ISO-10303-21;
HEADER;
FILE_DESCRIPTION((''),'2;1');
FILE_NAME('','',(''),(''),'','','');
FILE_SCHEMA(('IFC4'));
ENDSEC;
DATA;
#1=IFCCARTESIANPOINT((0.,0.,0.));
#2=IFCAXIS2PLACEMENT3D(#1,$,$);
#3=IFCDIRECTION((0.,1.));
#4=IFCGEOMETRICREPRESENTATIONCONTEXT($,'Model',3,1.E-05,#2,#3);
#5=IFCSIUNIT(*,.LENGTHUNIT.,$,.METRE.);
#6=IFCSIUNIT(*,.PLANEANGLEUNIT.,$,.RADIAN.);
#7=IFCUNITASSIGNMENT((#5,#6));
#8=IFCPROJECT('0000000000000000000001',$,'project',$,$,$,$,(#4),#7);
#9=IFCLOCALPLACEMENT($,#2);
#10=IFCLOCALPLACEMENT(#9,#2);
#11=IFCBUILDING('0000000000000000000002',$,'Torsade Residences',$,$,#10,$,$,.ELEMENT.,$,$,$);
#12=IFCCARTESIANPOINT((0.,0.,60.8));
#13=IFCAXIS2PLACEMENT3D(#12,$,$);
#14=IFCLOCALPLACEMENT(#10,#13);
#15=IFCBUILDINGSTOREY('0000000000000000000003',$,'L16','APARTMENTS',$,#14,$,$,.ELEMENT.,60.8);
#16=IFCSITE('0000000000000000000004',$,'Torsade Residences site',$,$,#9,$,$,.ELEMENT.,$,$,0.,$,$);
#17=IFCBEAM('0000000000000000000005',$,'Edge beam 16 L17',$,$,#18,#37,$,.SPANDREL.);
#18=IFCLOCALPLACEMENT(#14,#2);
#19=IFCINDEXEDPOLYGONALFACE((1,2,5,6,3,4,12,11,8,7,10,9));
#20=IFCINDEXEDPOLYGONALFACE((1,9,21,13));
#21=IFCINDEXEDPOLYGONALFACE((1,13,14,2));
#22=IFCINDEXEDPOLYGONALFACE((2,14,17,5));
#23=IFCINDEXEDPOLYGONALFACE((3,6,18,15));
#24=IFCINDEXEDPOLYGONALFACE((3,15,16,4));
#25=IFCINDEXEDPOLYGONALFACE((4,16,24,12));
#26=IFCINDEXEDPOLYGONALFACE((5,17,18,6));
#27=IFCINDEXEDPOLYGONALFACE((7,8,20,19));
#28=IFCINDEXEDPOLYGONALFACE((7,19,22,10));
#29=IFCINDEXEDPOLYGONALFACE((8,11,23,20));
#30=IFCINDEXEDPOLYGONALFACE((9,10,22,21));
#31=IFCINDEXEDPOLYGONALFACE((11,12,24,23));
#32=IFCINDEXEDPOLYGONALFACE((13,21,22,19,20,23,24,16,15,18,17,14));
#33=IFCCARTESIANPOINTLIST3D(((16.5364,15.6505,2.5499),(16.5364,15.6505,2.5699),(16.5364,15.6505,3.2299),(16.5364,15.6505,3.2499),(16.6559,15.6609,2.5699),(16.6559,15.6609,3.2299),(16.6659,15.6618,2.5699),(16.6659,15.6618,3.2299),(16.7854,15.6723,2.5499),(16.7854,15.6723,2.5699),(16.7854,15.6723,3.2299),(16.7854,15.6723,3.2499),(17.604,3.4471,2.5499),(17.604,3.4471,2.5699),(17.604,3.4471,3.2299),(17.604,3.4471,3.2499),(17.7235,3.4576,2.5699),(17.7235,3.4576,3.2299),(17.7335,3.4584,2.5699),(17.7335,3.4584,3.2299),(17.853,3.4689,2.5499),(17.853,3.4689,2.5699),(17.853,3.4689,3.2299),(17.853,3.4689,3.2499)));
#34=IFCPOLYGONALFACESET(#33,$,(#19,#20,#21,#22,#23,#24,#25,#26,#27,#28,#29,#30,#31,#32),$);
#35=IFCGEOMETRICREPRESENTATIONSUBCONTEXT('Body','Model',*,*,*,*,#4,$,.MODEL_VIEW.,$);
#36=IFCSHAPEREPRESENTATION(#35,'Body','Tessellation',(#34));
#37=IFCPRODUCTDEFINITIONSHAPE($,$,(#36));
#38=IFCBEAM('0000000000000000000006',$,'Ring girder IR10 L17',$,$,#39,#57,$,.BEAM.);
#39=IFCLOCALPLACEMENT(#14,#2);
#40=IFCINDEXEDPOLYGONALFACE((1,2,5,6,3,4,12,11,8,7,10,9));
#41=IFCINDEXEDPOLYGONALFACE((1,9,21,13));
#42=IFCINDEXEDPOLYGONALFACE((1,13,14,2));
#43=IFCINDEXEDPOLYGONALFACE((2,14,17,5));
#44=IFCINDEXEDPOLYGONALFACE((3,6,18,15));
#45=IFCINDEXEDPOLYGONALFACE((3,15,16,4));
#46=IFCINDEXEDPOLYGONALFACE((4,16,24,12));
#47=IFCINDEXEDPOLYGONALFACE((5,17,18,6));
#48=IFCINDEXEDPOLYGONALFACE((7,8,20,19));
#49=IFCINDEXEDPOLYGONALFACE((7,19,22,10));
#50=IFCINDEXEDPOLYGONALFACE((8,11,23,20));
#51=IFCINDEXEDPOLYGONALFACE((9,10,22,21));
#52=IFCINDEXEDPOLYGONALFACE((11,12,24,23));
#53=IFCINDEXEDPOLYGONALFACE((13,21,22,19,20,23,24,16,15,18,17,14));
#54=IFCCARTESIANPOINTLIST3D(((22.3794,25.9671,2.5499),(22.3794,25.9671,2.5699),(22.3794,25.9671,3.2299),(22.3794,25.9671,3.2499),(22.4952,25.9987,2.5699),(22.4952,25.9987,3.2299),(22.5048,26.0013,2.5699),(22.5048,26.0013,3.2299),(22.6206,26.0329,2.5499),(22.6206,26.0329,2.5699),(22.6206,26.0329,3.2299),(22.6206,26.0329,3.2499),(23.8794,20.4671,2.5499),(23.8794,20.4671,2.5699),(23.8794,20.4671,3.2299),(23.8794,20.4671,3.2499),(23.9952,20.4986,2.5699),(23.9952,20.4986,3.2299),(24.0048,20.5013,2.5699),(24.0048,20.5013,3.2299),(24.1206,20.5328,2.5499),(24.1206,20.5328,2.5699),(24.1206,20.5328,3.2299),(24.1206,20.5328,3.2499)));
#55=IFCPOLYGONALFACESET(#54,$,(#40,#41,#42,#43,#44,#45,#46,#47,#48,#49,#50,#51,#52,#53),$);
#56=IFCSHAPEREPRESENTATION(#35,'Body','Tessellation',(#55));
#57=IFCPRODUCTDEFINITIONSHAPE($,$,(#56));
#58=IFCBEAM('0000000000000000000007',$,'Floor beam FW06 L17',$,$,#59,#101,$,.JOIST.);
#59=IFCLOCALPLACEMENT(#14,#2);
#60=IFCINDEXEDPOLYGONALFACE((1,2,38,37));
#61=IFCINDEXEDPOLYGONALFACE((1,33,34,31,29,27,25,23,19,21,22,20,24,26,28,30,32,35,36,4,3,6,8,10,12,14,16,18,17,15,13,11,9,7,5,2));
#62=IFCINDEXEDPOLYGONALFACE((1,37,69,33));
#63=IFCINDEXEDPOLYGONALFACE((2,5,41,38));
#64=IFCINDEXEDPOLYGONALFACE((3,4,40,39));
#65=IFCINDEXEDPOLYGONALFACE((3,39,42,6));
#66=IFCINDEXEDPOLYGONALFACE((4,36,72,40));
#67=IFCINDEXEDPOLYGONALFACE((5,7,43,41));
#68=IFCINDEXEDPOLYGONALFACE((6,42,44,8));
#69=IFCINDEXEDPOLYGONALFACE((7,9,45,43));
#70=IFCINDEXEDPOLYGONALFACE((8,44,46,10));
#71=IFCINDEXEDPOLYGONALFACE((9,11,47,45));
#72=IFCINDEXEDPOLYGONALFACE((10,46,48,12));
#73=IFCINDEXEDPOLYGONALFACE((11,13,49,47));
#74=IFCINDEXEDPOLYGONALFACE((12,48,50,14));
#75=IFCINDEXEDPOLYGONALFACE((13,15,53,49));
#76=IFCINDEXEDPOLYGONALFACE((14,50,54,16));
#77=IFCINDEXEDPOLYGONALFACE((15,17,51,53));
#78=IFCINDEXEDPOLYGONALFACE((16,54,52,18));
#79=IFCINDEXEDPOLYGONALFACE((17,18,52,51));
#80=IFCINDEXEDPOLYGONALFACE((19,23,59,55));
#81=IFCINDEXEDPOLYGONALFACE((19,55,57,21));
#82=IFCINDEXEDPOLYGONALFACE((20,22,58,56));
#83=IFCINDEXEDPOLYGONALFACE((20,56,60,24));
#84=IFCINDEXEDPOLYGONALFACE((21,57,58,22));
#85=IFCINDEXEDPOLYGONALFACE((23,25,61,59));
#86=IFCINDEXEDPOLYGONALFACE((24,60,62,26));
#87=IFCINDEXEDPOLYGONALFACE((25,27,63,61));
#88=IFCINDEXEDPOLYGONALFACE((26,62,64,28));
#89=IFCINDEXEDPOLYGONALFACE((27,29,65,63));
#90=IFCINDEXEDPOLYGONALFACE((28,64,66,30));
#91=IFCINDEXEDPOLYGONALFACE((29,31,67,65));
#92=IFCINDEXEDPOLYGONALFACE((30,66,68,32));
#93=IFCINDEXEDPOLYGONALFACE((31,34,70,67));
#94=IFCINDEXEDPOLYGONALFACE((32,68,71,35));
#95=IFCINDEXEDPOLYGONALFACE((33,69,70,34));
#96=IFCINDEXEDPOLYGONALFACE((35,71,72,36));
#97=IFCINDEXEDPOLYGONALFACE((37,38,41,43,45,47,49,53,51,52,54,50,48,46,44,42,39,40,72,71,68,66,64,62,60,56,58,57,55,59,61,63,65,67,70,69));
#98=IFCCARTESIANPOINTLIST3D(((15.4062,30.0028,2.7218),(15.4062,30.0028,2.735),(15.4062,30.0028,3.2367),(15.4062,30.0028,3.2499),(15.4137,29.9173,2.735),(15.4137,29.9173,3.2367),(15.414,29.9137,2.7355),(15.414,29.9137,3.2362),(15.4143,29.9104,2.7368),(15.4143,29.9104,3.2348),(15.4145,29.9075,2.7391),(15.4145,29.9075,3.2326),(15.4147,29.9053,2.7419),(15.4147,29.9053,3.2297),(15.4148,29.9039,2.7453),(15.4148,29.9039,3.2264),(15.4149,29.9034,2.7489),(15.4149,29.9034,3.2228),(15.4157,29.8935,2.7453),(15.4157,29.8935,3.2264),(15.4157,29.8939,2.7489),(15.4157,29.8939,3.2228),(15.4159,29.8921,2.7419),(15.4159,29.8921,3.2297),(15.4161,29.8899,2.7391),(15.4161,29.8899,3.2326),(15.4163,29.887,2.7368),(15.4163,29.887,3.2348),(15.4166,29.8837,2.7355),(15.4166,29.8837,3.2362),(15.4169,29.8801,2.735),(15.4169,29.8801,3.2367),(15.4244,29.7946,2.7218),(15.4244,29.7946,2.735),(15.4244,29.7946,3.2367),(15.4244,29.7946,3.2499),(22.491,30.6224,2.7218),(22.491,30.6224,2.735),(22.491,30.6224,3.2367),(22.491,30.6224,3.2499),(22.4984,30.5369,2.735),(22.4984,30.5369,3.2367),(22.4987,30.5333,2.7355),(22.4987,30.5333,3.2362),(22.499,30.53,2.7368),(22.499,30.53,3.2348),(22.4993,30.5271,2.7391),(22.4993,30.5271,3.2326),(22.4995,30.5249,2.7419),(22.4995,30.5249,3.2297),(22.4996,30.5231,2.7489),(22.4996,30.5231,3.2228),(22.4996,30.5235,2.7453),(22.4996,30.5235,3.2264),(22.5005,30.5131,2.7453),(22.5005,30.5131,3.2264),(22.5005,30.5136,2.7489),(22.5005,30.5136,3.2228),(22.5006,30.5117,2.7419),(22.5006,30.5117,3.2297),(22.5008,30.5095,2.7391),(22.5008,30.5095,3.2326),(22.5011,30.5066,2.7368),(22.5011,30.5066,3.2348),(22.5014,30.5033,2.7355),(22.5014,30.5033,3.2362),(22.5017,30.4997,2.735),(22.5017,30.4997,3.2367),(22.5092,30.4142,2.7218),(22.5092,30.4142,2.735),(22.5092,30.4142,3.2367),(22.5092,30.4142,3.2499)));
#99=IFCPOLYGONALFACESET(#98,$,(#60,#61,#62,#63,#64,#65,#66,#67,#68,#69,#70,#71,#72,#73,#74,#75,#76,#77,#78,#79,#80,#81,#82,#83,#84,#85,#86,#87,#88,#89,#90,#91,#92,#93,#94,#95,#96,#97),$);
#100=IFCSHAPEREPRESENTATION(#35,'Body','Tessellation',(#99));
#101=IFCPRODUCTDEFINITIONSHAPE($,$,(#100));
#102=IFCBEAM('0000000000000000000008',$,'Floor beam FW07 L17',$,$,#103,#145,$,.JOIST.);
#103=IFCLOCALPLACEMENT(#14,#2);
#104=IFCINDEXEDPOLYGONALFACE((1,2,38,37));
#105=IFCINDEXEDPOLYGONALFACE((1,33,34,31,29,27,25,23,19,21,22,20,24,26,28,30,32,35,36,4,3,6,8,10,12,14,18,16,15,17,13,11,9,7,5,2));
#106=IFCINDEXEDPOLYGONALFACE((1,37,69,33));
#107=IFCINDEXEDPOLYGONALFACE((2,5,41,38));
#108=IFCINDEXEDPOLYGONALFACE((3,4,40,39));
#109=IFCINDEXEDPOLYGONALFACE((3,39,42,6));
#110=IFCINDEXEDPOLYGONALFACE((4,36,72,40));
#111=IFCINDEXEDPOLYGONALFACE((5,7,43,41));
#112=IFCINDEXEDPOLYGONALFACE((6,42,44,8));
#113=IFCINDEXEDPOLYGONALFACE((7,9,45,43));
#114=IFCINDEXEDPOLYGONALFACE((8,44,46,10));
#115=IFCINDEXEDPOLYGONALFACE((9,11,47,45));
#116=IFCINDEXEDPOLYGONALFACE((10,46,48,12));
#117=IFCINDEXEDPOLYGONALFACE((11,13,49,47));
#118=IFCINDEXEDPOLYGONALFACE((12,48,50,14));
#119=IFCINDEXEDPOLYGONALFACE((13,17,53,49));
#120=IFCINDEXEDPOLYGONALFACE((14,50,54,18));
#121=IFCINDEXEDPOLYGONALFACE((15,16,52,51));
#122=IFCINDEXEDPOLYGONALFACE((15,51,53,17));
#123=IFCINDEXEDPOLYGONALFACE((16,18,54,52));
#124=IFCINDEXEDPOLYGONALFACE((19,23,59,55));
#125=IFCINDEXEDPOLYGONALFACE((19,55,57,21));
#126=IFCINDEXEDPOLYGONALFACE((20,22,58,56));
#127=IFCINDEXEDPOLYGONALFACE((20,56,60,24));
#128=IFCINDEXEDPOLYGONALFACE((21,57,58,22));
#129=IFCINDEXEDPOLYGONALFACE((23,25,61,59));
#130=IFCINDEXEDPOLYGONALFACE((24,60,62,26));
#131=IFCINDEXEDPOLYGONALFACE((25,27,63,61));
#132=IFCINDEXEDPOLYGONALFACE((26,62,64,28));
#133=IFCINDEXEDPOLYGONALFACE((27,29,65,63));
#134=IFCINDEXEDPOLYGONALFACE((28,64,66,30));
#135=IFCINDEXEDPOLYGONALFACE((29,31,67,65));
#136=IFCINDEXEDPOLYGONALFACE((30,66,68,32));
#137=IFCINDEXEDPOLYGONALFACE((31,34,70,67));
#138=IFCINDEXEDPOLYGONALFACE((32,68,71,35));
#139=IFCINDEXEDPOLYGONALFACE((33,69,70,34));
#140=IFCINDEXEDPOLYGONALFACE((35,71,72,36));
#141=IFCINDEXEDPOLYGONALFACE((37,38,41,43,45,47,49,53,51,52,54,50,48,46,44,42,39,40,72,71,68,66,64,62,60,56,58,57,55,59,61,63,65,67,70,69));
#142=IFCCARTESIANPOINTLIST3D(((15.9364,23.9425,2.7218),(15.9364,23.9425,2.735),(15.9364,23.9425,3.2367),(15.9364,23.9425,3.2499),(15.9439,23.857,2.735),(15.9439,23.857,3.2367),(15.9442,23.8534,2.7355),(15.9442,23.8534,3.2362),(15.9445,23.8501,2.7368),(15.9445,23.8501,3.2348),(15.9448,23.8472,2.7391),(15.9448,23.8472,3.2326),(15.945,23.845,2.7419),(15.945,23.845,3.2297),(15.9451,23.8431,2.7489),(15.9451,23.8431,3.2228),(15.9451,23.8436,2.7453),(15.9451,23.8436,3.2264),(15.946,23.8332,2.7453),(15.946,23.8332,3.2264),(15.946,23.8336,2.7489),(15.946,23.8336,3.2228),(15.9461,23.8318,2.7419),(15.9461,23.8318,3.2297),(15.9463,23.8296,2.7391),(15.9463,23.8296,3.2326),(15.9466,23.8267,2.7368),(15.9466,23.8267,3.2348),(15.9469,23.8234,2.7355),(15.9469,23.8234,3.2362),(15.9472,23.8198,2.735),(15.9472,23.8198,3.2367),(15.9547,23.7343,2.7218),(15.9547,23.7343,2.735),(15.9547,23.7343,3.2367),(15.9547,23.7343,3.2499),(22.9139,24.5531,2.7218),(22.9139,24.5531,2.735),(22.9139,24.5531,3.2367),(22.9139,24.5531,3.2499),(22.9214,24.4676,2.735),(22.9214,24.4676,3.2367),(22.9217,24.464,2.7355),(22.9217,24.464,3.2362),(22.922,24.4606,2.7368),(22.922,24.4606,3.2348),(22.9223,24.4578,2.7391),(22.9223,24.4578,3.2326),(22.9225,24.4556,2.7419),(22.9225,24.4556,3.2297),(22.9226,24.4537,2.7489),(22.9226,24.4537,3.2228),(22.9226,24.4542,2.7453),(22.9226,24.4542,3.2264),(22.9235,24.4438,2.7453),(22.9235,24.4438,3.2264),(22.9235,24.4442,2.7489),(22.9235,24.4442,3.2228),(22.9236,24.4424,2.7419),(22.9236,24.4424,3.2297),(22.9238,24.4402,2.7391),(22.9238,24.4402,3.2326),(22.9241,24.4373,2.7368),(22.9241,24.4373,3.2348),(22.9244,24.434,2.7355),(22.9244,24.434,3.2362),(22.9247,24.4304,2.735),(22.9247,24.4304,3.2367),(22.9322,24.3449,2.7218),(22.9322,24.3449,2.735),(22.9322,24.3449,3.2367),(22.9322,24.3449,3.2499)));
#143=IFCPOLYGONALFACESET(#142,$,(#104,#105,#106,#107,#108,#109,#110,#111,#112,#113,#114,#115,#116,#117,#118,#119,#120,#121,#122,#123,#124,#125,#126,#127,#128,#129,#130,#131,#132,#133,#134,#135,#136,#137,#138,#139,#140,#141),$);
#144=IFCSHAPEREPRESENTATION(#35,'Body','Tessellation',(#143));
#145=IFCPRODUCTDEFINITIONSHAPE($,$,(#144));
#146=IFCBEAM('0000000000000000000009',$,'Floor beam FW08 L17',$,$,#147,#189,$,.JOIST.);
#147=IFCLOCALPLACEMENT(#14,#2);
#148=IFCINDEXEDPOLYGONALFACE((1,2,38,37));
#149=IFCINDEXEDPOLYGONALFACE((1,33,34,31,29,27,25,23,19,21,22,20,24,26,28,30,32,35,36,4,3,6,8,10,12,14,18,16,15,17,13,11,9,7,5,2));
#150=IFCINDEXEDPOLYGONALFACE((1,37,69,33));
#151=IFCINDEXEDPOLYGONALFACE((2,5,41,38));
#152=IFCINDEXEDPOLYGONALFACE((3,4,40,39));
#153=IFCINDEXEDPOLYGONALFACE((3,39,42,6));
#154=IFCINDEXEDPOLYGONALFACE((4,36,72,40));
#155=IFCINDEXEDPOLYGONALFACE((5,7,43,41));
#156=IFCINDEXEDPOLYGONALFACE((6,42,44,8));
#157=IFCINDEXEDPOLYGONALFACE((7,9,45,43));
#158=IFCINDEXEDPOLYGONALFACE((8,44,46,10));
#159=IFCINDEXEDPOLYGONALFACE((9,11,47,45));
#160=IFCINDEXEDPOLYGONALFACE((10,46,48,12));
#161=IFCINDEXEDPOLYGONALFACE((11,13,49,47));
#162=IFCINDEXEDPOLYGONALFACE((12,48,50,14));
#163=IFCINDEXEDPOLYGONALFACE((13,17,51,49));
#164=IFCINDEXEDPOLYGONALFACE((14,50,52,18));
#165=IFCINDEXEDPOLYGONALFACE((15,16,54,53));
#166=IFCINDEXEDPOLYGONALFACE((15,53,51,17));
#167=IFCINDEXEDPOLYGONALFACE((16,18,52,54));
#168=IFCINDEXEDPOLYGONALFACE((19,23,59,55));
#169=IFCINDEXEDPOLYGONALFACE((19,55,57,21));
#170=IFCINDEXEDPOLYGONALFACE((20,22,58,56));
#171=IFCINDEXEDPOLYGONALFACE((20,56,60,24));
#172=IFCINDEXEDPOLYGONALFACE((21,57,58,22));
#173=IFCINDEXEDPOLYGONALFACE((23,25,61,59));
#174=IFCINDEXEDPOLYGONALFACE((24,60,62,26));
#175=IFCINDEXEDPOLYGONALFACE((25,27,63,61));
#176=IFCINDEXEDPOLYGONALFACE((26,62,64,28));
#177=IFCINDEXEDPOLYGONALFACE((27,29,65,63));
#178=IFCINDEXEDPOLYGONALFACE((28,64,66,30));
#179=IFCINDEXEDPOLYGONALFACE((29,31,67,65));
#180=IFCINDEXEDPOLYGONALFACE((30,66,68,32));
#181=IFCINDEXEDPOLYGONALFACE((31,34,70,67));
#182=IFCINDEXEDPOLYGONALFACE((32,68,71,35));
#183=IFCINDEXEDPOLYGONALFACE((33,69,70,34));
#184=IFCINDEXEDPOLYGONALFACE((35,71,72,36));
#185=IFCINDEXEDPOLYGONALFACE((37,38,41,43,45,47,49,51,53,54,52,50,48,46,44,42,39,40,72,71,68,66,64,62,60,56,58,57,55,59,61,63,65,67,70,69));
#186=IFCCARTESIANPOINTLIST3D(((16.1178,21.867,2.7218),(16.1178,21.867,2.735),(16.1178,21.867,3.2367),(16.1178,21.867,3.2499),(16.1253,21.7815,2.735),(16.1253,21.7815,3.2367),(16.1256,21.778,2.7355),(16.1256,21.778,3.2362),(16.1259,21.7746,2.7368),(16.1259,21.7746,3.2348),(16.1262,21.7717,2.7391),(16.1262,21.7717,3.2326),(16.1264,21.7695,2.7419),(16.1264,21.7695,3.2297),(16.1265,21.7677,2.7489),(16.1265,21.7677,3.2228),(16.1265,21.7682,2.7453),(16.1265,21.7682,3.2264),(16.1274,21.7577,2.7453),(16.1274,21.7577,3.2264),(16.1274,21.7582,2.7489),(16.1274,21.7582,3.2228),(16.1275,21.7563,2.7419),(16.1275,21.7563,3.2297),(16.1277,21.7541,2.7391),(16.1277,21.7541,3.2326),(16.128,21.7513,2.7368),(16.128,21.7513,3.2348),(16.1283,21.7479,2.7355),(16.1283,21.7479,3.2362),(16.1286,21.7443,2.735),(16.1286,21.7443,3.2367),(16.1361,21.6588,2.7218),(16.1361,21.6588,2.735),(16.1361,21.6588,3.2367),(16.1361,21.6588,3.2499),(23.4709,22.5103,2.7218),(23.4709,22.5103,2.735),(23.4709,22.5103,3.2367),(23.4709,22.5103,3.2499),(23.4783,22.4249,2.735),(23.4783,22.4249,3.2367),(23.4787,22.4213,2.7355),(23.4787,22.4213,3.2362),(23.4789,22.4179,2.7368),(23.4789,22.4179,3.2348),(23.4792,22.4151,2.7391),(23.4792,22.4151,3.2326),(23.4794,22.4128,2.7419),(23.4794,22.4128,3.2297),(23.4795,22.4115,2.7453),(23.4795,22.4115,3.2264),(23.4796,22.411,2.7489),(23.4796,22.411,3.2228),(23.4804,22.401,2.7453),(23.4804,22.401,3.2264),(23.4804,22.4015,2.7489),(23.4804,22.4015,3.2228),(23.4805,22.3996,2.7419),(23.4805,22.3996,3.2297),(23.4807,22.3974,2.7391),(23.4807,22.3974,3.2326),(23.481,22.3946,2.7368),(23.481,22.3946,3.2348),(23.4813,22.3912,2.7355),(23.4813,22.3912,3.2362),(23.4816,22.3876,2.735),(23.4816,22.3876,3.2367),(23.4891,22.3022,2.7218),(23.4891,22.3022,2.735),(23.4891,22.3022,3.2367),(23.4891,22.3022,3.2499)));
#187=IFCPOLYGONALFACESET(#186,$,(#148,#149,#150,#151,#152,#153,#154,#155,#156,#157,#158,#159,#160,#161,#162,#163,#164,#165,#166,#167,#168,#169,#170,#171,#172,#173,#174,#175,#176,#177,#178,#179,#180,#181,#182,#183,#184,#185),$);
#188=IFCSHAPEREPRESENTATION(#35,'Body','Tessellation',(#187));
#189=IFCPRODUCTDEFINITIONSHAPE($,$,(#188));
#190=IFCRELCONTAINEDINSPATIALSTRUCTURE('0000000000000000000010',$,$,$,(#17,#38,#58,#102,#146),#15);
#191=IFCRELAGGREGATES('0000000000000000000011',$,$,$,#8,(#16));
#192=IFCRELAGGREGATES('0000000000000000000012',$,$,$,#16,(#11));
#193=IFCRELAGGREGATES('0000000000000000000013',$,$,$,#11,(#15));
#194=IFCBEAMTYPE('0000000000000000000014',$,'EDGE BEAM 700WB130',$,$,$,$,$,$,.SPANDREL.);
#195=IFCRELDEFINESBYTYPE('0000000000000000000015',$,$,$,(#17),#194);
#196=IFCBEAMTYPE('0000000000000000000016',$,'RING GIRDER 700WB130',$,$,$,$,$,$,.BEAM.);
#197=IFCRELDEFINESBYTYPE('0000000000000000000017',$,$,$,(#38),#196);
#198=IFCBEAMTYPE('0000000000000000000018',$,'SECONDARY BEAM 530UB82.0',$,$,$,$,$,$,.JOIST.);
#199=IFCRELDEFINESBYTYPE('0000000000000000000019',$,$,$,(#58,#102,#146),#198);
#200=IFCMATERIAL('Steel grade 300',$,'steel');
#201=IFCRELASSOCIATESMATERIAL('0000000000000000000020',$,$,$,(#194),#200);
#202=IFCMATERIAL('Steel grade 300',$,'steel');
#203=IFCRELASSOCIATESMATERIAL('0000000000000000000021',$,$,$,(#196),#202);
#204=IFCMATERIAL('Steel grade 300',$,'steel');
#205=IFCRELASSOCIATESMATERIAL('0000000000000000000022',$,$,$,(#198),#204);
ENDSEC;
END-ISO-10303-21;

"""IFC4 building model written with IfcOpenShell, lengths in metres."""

from ifc_helpers import new_model, si_unit, direction, frame, origin, origin_2d, place, context, subcontext, project, spatial, i_section, extrude, material, material_profile, profile_set, type_object, element, save


model = new_model("IFC4")

# Units and contexts
model_context = context("Model", 3, precision=1e-05, world=origin(), true_north=direction((0.0, 1.0)))
body_context = subcontext(model_context, "Body", "Model", "MODEL_VIEW")
ifc_project = project(units=[si_unit("LENGTHUNIT", "METRE"), si_unit("PLANEANGLEUNIT", "RADIAN")], contexts=[model_context])

# Site, building, storey
site_placement = place(None, origin())
site = spatial("IfcSite", under=ifc_project, at=site_placement, Name="Torsade Residences site", CompositionType="ELEMENT", RefElevation=0.0)
building_placement = place(site_placement, origin())
building = spatial("IfcBuilding", under=site, at=building_placement, Name="Torsade Residences", CompositionType="ELEMENT")
storey_placement = place(building_placement, frame((0.0, 0.0, 60.8)))
storey = spatial("IfcBuildingStorey", under=building, at=storey_placement, Name="L16", Description="APARTMENTS", CompositionType="ELEMENT", Elevation=60.8)

# Beams
ifc_material_1 = material(Name="Steel grade 300", Category="steel")
ifc_material_profile_1 = material_profile(ifc_material_1, i_section(OverallWidth=0.25, OverallDepth=0.7, WebThickness=0.01, FlangeThickness=0.02, at=origin_2d()), Name="700WB130")
ifc_profile_set_1 = profile_set([ifc_material_profile_1], Name="Steel grade 300")
beam_type_1 = type_object("IfcBeamType", Name="EDGE BEAM 700WB130", PredefinedType="SPANDREL", material=ifc_profile_set_1)
for number, where, z_axis, x_axis, name in (
    (1, (16.6609, 15.6614, 2.8999), (0.087153, -0.996195, 0.0), (0.996195, 0.087153, 0.0), "Edge beam 16 L17"),
):
    element("IfcBeam", number, at=place(storey_placement, frame(where, z_axis=z_axis, x_axis=x_axis)), inside=storey, type_object=beam_type_1, Name=name, PredefinedType="SPANDREL", context=body_context, shape_type="SweptSolid", body=[
        extrude(i_section(OverallWidth=0.25, OverallDepth=0.7, WebThickness=0.01, FlangeThickness=0.02, at=origin_2d()), origin(), (0.0, 0.0, 1.0), 12.25),
    ])
ifc_material_2 = material(Name="Steel grade 300", Category="steel")
ifc_material_profile_2 = material_profile(ifc_material_2, i_section(OverallWidth=0.25, OverallDepth=0.7, WebThickness=0.01, FlangeThickness=0.02, at=origin_2d()), Name="700WB130")
ifc_profile_set_2 = profile_set([ifc_material_profile_2], Name="Steel grade 300")
beam_type_2 = type_object("IfcBeamType", Name="RING GIRDER 700WB130", PredefinedType="BEAM", material=ifc_profile_set_2)
beam_1_placement = place(storey_placement, frame((22.5, 26.0, 2.8999), z_axis=(0.263117, -0.964764, 0.0), x_axis=(0.964764, 0.263117, 0.0)))
element("IfcBeam", 2, at=beam_1_placement, inside=storey, type_object=beam_type_2, Name="Ring girder IR10 L17", PredefinedType="BEAM", context=body_context, shape_type="SweptSolid", body=[
    extrude(i_section(OverallWidth=0.25, OverallDepth=0.7, WebThickness=0.01, FlangeThickness=0.02, at=origin_2d()), origin(), (0.0, 0.0, 1.0), 5.7009),
])
ifc_material_3 = material(Name="Steel grade 300", Category="steel")
ifc_material_profile_3 = material_profile(ifc_material_3, i_section(OverallWidth=0.209, OverallDepth=0.5281, WebThickness=0.0095, FlangeThickness=0.0132, FilletRadius=0.0139, at=origin_2d()), Name="530UB82.0")
ifc_profile_set_3 = profile_set([ifc_material_profile_3], Name="Steel grade 300")
beam_type_3 = type_object("IfcBeamType", Name="SECONDARY BEAM 530UB82.0", PredefinedType="JOIST", material=ifc_profile_set_3)
beam_2_placement = place(storey_placement, frame((15.4153, 29.8987, 2.9858), z_axis=(0.996197, 0.087127, 0.0), x_axis=(-0.087127, 0.996197, 0.0)))
element("IfcBeam", 3, at=beam_2_placement, inside=storey, type_object=beam_type_3, Name="Floor beam FW06 L17", PredefinedType="JOIST", context=body_context, shape_type="SweptSolid", body=[
    extrude(i_section(OverallWidth=0.209, OverallDepth=0.5281, WebThickness=0.0095, FlangeThickness=0.0132, FilletRadius=0.0139, at=origin_2d()), origin(), (0.0, 0.0, 1.0), 7.1118),
])
beam_3_placement = place(storey_placement, frame((15.9456, 23.8384, 2.9858), z_axis=(0.996193, 0.087176, 0.0), x_axis=(-0.087176, 0.996193, 0.0)))
element("IfcBeam", 4, at=beam_3_placement, inside=storey, type_object=beam_type_3, Name="Floor beam FW07 L17", PredefinedType="JOIST", context=body_context, shape_type="SweptSolid", body=[
    extrude(i_section(OverallWidth=0.209, OverallDepth=0.5281, WebThickness=0.0095, FlangeThickness=0.0132, FilletRadius=0.0139, at=origin_2d()), origin(), (0.0, 0.0, 1.0), 7.0042),
])
beam_4_placement = place(storey_placement, frame((16.127, 21.7629, 2.9858), z_axis=(0.996195, 0.087156, 0.0), x_axis=(-0.087156, 0.996195, 0.0)))
element("IfcBeam", 5, at=beam_4_placement, inside=storey, type_object=beam_type_3, Name="Floor beam FW08 L17", PredefinedType="JOIST", context=body_context, shape_type="SweptSolid", body=[
    extrude(i_section(OverallWidth=0.209, OverallDepth=0.5281, WebThickness=0.0095, FlangeThickness=0.0132, FilletRadius=0.0139, at=origin_2d()), origin(), (0.0, 0.0, 1.0), 7.3811),
])

save(model, "model.ifc")
